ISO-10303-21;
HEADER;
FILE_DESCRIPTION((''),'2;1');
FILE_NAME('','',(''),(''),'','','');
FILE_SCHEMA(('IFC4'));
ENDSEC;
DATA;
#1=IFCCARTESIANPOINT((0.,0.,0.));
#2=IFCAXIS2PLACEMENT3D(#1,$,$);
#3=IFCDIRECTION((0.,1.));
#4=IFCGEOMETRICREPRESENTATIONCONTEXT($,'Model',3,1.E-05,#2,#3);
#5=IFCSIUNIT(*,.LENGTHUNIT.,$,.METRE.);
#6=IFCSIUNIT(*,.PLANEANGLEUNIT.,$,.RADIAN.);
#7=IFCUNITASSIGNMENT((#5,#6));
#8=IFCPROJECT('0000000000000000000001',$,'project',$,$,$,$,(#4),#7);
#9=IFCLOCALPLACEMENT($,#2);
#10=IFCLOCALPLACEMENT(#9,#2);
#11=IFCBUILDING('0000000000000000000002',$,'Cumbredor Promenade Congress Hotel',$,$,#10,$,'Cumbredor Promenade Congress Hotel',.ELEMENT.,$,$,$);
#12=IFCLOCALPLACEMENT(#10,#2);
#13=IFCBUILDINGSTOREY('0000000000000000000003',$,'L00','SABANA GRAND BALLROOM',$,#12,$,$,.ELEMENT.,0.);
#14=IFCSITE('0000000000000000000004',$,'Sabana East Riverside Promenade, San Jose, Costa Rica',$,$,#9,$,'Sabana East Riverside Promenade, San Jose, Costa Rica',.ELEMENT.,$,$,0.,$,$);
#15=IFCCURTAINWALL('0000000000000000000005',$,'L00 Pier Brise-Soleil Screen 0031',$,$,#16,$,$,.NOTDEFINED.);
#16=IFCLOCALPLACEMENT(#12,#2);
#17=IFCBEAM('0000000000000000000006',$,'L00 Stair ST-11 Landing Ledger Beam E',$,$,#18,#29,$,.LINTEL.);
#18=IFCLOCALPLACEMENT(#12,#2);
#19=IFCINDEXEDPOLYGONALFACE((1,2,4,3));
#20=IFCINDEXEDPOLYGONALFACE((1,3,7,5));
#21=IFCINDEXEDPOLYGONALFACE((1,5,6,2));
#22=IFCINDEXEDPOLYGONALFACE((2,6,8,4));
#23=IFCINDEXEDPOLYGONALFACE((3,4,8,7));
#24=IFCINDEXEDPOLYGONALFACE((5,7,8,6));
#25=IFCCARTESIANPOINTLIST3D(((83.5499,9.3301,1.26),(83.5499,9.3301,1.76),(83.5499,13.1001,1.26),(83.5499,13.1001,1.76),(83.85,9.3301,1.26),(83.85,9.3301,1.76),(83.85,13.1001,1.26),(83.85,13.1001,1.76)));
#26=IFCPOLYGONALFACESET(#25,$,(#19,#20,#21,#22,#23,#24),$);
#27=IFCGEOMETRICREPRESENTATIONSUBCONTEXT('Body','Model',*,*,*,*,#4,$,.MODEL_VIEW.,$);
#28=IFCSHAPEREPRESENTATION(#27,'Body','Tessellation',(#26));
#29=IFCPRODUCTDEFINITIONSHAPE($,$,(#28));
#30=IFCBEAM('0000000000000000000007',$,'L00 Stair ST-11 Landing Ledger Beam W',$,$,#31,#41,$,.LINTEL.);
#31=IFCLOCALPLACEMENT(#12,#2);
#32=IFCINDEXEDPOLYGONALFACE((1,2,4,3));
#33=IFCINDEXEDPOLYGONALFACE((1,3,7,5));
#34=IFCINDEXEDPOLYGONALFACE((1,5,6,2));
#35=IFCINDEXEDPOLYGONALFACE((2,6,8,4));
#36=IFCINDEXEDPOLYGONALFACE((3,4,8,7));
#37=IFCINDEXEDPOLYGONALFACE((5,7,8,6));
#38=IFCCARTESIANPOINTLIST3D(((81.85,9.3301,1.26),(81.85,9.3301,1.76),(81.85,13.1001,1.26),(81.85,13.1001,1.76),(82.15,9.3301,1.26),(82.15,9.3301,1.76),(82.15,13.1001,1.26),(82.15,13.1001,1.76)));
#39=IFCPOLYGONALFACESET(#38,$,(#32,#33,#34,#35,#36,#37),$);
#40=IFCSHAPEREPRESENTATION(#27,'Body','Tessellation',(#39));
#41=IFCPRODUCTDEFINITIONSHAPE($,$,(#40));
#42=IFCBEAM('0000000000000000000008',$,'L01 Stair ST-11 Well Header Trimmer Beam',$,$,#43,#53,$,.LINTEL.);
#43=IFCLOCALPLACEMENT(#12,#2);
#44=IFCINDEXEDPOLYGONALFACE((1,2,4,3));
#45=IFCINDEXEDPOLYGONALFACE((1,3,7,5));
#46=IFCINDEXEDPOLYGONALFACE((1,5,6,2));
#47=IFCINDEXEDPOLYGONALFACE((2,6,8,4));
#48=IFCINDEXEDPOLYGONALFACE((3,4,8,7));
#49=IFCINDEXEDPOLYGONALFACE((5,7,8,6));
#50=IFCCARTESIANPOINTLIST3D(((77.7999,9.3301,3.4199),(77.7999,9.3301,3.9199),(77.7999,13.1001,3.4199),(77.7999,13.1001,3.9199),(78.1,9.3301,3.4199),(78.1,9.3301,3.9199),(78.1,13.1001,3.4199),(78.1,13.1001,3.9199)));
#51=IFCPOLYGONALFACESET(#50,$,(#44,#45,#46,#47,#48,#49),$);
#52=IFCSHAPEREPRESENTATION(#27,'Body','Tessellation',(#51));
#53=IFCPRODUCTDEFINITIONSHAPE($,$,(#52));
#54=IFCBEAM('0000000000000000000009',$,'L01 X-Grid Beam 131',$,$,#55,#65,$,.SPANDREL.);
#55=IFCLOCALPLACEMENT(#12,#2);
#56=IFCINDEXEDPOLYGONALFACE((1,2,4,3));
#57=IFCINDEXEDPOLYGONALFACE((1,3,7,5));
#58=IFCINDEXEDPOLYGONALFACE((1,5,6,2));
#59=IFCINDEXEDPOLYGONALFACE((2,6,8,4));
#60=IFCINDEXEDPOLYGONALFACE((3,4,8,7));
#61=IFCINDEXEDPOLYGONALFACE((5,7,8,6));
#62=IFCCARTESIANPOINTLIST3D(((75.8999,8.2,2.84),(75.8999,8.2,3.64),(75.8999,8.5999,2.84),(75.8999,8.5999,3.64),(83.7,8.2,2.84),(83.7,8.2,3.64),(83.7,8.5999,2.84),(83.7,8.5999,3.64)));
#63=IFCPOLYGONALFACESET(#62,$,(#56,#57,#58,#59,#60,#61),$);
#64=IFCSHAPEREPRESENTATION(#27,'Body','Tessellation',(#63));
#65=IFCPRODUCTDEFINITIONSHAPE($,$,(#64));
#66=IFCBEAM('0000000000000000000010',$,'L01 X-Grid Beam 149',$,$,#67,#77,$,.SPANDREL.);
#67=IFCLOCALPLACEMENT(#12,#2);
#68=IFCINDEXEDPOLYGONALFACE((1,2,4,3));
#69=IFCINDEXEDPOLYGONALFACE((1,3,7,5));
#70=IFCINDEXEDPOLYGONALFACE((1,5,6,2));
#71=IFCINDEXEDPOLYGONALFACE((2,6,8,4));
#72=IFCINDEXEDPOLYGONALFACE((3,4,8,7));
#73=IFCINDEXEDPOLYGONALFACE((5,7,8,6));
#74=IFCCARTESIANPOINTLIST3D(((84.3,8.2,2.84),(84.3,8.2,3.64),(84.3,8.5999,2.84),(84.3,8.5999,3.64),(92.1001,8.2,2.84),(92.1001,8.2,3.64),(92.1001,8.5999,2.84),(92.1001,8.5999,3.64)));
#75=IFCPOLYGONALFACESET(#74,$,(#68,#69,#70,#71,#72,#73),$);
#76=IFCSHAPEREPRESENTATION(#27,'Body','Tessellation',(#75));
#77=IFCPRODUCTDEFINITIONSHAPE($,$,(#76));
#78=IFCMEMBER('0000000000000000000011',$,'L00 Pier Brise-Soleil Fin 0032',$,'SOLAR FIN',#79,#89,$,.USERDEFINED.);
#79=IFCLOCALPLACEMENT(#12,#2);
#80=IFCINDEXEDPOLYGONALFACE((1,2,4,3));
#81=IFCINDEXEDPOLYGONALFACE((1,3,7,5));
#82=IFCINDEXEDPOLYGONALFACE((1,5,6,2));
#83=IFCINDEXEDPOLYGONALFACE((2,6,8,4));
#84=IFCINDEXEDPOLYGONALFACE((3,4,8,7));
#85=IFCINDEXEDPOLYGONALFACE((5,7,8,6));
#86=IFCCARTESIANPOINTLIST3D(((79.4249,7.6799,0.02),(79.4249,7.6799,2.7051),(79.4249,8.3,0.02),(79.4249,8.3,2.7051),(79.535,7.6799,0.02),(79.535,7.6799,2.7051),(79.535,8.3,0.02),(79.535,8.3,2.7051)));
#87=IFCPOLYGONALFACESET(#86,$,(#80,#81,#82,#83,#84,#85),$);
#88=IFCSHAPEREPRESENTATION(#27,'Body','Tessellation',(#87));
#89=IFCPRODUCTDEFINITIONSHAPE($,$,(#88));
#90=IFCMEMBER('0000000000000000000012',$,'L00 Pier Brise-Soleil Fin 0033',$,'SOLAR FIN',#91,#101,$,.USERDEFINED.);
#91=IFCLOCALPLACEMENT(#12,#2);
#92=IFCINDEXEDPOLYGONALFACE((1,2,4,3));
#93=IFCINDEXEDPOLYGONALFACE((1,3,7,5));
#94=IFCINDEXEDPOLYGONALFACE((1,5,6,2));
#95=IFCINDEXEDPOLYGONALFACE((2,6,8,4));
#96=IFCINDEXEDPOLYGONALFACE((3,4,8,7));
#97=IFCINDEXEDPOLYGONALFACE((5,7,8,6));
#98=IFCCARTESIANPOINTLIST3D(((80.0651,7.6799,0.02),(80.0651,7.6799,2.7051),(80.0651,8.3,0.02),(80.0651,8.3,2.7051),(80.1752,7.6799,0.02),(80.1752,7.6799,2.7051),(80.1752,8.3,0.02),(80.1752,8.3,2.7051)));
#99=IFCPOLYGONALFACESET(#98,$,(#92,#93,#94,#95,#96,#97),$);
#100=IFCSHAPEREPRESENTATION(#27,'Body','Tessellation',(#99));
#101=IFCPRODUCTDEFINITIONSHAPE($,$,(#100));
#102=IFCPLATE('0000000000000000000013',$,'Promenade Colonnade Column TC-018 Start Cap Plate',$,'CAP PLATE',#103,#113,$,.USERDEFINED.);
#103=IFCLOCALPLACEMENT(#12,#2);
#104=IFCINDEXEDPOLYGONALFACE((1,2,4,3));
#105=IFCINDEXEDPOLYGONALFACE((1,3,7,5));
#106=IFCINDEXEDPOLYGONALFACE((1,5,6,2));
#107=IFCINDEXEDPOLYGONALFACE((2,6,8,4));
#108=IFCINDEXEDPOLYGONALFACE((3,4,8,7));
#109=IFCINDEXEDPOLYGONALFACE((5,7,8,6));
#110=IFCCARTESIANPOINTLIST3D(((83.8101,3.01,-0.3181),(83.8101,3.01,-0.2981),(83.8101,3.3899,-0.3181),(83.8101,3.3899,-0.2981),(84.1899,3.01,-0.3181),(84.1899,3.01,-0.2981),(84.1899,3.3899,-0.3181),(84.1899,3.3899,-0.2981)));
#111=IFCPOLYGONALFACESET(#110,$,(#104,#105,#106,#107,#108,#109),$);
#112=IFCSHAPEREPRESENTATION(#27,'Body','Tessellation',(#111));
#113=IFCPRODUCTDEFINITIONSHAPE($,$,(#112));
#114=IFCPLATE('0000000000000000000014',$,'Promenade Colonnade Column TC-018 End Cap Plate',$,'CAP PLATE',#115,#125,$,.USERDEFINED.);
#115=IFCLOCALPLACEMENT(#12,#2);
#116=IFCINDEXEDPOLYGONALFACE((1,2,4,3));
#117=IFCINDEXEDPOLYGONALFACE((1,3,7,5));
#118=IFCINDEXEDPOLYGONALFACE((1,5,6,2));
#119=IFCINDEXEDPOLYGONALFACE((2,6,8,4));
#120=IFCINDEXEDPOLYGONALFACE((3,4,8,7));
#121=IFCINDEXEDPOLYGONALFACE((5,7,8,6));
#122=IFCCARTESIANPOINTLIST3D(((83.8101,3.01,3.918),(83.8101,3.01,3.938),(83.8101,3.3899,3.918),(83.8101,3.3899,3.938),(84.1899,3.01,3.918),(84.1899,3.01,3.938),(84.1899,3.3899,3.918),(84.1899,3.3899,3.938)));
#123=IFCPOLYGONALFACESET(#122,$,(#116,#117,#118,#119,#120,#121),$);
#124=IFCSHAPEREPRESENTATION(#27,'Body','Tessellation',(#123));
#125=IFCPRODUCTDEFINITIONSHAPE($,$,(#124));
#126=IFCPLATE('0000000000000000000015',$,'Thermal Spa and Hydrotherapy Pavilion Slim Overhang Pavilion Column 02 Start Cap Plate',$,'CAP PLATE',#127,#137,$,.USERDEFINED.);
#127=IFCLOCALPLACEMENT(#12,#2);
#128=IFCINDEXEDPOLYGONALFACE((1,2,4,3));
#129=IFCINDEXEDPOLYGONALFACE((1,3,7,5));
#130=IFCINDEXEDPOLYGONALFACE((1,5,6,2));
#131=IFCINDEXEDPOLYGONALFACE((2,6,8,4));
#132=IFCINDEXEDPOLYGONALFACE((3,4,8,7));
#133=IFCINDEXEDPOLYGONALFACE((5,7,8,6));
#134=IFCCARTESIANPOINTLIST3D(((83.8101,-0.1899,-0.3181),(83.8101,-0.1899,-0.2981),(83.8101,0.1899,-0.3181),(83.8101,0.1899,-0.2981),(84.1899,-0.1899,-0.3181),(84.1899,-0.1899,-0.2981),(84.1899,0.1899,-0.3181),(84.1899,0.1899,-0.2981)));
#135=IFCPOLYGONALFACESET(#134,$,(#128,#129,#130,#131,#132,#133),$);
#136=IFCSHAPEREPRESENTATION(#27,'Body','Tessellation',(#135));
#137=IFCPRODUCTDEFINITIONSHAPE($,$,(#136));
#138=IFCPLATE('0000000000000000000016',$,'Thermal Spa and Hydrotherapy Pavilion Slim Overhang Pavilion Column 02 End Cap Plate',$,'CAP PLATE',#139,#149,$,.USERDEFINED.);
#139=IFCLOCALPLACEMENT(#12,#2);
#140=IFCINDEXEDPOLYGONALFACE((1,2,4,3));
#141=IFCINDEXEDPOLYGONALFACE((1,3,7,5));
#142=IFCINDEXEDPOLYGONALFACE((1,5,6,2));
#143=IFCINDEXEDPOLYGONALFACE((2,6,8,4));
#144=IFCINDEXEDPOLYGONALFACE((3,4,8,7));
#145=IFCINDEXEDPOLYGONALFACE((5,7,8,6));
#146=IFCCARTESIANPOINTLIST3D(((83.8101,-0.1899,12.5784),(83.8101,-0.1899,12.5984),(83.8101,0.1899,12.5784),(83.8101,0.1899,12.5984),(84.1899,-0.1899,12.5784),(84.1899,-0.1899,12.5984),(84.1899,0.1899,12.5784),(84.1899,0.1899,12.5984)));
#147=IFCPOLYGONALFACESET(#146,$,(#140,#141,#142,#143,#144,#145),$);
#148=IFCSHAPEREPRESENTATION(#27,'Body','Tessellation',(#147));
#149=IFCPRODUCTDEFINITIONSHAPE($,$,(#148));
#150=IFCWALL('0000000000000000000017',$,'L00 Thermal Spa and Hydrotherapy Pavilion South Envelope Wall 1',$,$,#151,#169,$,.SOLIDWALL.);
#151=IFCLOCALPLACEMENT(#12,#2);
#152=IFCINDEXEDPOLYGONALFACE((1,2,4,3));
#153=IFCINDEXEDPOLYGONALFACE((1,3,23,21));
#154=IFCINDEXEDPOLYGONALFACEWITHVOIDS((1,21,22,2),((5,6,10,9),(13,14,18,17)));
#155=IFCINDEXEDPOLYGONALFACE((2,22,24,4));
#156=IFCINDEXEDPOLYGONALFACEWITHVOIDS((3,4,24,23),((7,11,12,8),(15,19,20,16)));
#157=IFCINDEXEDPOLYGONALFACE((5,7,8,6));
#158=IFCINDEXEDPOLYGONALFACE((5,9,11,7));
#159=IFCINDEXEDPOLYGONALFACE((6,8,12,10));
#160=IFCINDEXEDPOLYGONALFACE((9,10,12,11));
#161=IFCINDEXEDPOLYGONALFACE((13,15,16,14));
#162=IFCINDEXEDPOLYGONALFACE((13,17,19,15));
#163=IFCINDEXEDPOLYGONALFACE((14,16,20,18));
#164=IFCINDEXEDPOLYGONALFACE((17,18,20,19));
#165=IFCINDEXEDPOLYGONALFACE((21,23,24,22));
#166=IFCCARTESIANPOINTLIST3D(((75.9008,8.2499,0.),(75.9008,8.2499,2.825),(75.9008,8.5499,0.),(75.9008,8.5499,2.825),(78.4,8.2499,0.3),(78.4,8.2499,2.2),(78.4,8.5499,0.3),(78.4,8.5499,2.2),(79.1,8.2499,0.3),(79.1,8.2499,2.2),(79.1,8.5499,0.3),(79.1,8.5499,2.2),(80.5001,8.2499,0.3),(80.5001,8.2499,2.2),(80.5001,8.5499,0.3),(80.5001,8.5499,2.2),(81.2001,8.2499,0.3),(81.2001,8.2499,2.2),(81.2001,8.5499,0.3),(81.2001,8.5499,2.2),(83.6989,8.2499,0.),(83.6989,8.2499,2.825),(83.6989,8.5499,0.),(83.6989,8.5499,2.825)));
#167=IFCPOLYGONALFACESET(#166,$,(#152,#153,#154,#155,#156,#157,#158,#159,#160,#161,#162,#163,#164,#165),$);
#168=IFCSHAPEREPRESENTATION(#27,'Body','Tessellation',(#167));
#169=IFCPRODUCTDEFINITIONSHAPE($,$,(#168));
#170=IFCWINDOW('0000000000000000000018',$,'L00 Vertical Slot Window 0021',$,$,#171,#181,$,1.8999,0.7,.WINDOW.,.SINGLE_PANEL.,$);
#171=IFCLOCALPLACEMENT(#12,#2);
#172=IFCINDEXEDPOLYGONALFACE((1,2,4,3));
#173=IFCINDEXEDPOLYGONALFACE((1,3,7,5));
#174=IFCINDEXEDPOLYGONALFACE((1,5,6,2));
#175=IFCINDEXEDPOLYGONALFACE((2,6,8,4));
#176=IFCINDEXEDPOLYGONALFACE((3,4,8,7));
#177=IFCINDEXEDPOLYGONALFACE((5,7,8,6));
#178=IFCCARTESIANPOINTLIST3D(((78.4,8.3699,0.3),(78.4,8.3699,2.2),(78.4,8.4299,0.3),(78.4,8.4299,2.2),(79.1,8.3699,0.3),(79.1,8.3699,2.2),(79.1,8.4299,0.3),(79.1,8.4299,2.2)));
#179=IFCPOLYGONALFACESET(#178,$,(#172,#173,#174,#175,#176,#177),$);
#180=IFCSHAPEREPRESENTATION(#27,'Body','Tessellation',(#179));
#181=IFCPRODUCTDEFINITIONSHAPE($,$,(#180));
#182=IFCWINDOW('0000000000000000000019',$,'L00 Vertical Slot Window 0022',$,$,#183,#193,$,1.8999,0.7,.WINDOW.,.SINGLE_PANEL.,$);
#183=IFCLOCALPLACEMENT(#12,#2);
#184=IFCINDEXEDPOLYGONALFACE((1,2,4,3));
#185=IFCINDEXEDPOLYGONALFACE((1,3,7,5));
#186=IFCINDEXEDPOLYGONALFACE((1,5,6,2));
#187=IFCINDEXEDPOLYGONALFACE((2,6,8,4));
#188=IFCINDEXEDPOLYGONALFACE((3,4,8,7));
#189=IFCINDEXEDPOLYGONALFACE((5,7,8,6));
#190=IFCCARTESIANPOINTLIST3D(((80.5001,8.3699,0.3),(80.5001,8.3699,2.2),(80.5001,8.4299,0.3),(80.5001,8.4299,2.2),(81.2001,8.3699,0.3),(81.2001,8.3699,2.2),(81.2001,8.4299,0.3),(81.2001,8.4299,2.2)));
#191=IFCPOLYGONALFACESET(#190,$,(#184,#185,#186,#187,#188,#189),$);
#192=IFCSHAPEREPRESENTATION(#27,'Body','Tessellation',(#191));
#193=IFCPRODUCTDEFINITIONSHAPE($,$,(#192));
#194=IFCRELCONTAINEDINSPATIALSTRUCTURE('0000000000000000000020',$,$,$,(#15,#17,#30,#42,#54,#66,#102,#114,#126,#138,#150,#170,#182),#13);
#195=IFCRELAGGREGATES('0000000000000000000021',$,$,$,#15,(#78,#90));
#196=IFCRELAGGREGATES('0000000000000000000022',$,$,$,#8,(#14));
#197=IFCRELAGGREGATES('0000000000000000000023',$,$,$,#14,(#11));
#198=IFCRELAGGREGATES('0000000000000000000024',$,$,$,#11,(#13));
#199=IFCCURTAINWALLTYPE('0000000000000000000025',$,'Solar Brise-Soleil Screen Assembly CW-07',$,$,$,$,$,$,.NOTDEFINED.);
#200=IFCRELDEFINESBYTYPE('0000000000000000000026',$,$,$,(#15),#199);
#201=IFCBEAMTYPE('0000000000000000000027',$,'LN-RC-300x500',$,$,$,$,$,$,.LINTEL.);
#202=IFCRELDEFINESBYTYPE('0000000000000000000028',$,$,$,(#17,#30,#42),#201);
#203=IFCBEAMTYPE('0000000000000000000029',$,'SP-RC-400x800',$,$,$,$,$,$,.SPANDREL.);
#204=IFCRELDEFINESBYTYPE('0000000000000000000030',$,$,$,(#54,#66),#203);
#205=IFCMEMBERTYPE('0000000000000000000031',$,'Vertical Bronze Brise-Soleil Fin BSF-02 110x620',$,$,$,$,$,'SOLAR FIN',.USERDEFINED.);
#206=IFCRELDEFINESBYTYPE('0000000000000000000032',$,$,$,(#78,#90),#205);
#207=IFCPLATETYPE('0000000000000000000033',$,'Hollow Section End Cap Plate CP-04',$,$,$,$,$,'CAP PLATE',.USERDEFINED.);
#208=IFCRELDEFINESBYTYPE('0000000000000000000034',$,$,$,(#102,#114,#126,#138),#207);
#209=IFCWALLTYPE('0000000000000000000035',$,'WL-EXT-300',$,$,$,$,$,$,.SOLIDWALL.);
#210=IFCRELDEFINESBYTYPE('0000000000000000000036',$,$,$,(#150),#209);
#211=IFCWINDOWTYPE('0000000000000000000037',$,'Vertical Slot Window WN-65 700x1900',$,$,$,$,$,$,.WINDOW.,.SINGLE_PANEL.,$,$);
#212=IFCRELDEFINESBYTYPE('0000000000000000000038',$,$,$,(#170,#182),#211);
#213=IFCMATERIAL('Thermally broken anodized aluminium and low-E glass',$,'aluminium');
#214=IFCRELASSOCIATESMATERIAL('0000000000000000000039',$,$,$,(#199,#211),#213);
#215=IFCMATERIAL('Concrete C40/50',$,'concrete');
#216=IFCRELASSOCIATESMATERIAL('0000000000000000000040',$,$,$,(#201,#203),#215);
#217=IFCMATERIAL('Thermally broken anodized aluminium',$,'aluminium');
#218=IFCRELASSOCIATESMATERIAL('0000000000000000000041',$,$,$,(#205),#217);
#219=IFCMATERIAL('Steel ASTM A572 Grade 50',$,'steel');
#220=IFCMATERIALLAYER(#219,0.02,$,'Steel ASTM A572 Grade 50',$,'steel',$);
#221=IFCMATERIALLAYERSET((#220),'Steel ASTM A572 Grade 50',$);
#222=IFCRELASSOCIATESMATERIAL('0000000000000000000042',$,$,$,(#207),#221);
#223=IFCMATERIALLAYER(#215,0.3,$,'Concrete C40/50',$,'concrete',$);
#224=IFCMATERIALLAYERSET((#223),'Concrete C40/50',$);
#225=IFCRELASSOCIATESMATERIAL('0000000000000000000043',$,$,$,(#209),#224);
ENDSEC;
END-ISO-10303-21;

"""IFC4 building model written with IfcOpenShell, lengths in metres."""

from ifc_helpers import new_model, si_unit, direction, frame, frame_2d, origin, origin_2d, place, context, subcontext, project, spatial, rectangle, extrude, material, layer, layer_set, material_profile, profile_set, type_object, element, fill, aggregate, save


model = new_model("IFC4")

# Units and contexts
model_context = context("Model", 3, precision=1e-05, world=origin(), true_north=direction((0.0, 1.0)))
body_context = subcontext(model_context, "Body", "Model", "MODEL_VIEW")
ifc_project = project(units=[si_unit("LENGTHUNIT", "METRE"), si_unit("PLANEANGLEUNIT", "RADIAN")], contexts=[model_context])

# Site, building, storey
site_placement = place(None, origin())
site = spatial("IfcSite", under=ifc_project, at=site_placement, Name="Sabana East Riverside Promenade, San Jose, Costa Rica", LongName="Sabana East Riverside Promenade, San Jose, Costa Rica", CompositionType="ELEMENT", RefElevation=0.0)
building_placement = place(site_placement, origin())
building = spatial("IfcBuilding", under=site, at=building_placement, Name="Cumbredor Promenade Congress Hotel", LongName="Cumbredor Promenade Congress Hotel", CompositionType="ELEMENT")
storey_placement = place(building_placement, origin())
storey = spatial("IfcBuildingStorey", under=building, at=storey_placement, Name="L00", Description="SABANA GRAND BALLROOM", CompositionType="ELEMENT", Elevation=0.0)

# Shared definitions
ifc_material_1 = material(Name="Concrete C40/50", Category="concrete")

# Curtain wall
ifc_material_2 = material(Name="Thermally broken anodized aluminium and low-E glass", Category="aluminium")
curtain_wall_type = type_object("IfcCurtainWallType", Name="Solar Brise-Soleil Screen Assembly CW-07", PredefinedType="NOTDEFINED", material=ifc_material_2)
curtain_wall_placement = place(storey_placement, origin())
curtain_wall = element("IfcCurtainWall", 1, at=curtain_wall_placement, inside=storey, type_object=curtain_wall_type, Name="L00 Pier Brise-Soleil Screen 0031", PredefinedType="NOTDEFINED")
ifc_material_3 = material(Name="Thermally broken anodized aluminium", Category="aluminium")

# Beams
ifc_material_profile_1 = material_profile(ifc_material_1, rectangle(XDim=0.3, YDim=0.5, at=origin_2d()), Name="RC LINTEL 300x500")
ifc_profile_set_1 = profile_set([ifc_material_profile_1], Name="Concrete C40/50")
beam_type_1 = type_object("IfcBeamType", Name="LN-RC-300x500", PredefinedType="LINTEL", material=ifc_profile_set_1)
for number, where, z_axis, x_axis, name in (
    (2, (83.7, 9.3301, 1.51), (0.0, 1.0, 0.0), (-1.0, 0.0, 0.0), "L00 Stair ST-11 Landing Ledger Beam E"),
    (3, (82.0, 9.3301, 1.51), (0.0, 1.0, 0.0), (-1.0, 0.0, 0.0), "L00 Stair ST-11 Landing Ledger Beam W"),
    (4, (77.95, 9.3301, 3.6699), (0.0, 1.0, 0.0), (-1.0, 0.0, 0.0), "L01 Stair ST-11 Well Header Trimmer Beam"),
):
    element("IfcBeam", number, at=place(storey_placement, frame(where, z_axis=z_axis, x_axis=x_axis)), inside=storey, type_object=beam_type_1, Name=name, PredefinedType="LINTEL", context=body_context, shape_type="SweptSolid", body=[
        extrude(rectangle(XDim=0.3, YDim=0.5, at=origin_2d()), origin(), (0.0, 0.0, 1.0), 3.77),
    ])
ifc_material_profile_2 = material_profile(ifc_material_1, rectangle(XDim=0.3999, YDim=0.8, at=origin_2d()), Name="RC SPANDREL 400x800")
ifc_profile_set_2 = profile_set([ifc_material_profile_2], Name="Concrete C40/50")
beam_type_2 = type_object("IfcBeamType", Name="SP-RC-400x800", PredefinedType="SPANDREL", material=ifc_profile_set_2)
for number, where, z_axis, x_axis, name in (
    (5, (75.8999, 8.3999, 3.24), (1.0, 0.0, 0.0), (0.0, 1.0, 0.0), "L01 X-Grid Beam 131"),
    (6, (84.3, 8.3999, 3.24), (1.0, 0.0, 0.0), (0.0, 1.0, 0.0), "L01 X-Grid Beam 149"),
):
    element("IfcBeam", number, at=place(storey_placement, frame(where, z_axis=z_axis, x_axis=x_axis)), inside=storey, type_object=beam_type_2, Name=name, PredefinedType="SPANDREL", context=body_context, shape_type="SweptSolid", body=[
        extrude(rectangle(XDim=0.3999, YDim=0.8, at=origin_2d()), origin(), (0.0, 0.0, 1.0), 7.8),
    ])

# Members
ifc_material_profile_3 = material_profile(ifc_material_3, rectangle(XDim=0.1101, YDim=0.6201, at=origin_2d()), Name="ARCH FIN 110x620")
ifc_profile_set_3 = profile_set([ifc_material_profile_3], Name="Thermally broken anodized aluminium")
member_type_1 = type_object("IfcMemberType", Name="Vertical Bronze Brise-Soleil Fin BSF-02 110x620", ElementType="SOLAR FIN", PredefinedType="USERDEFINED", material=ifc_profile_set_3)
member_1_placement = place(storey_placement, frame((79.48, 7.99, 0.02), z_axis=(0.0, 0.0, 1.0), x_axis=(1.0, 0.0, 0.0)))
member_1 = element("IfcMember", 7, at=member_1_placement, type_object=member_type_1, Name="L00 Pier Brise-Soleil Fin 0032", ObjectType="SOLAR FIN", PredefinedType="USERDEFINED", context=body_context, shape_type="SweptSolid", body=[
    extrude(rectangle(XDim=0.1101, YDim=0.6201, at=origin_2d()), origin(), (0.0, 0.0, 1.0), 2.6851),
])
member_2_placement = place(storey_placement, frame((80.1201, 7.99, 0.02), z_axis=(0.0, 0.0, 1.0), x_axis=(1.0, 0.0, 0.0)))
member_2 = element("IfcMember", 8, at=member_2_placement, type_object=member_type_1, Name="L00 Pier Brise-Soleil Fin 0033", ObjectType="SOLAR FIN", PredefinedType="USERDEFINED", context=body_context, shape_type="SweptSolid", body=[
    extrude(rectangle(XDim=0.1101, YDim=0.6201, at=origin_2d()), origin(), (0.0, 0.0, 1.0), 2.6851),
])
aggregate(curtain_wall, [member_1, member_2])

# Plates
ifc_material_4 = material(Name="Steel ASTM A572 Grade 50", Category="steel")
ifc_layer_1 = layer(ifc_material_4, 0.02, Name="Steel ASTM A572 Grade 50", Category="steel")
ifc_layer_set_1 = layer_set([ifc_layer_1], Name="Steel ASTM A572 Grade 50")
plate_type = type_object("IfcPlateType", Name="Hollow Section End Cap Plate CP-04", ElementType="CAP PLATE", PredefinedType="USERDEFINED", material=ifc_layer_set_1)
for number, where, z_axis, x_axis, name in (
    (9, (84.0, 3.2, -0.3181), (0.0, 0.0, 1.0), (1.0, 0.0, 0.0), "Promenade Colonnade Column TC-018 Start Cap Plate"),
    (10, (84.0, 3.2, 3.918), (0.0, 0.0, 1.0), (1.0, 0.0, 0.0), "Promenade Colonnade Column TC-018 End Cap Plate"),
    (11, (84.0, 0.0, -0.3181), (0.0, 0.0, 1.0), (1.0, 0.0, 0.0), "Thermal Spa and Hydrotherapy Pavilion Slim Overhang Pavilion Column 02 Start Cap Plate"),
    (12, (84.0, 0.0, 12.5784), (0.0, 0.0, 1.0), (1.0, 0.0, 0.0), "Thermal Spa and Hydrotherapy Pavilion Slim Overhang Pavilion Column 02 End Cap Plate"),
):
    element("IfcPlate", number, at=place(storey_placement, frame(where, z_axis=z_axis, x_axis=x_axis)), inside=storey, type_object=plate_type, Name=name, ObjectType="CAP PLATE", PredefinedType="USERDEFINED", context=body_context, shape_type="SweptSolid", body=[
        extrude(rectangle(XDim=0.3799, YDim=0.3799, at=origin_2d()), origin(), (0.0, 0.0, 1.0), 0.02),
    ])

# Wall, openings, windows
ifc_layer_2 = layer(ifc_material_1, 0.3, Name="Concrete C40/50", Category="concrete")
ifc_layer_set_2 = layer_set([ifc_layer_2], Name="Concrete C40/50")
wall_type_1 = type_object("IfcWallType", Name="WL-EXT-300", PredefinedType="SOLIDWALL", material=ifc_layer_set_2)
wall_1_placement = place(storey_placement, frame((75.9009, 8.3999, 0.0), z_axis=(0.0, 0.0, 1.0), x_axis=(1.0, 0.0, 0.0)))
wall_1 = element("IfcWall", 13, at=wall_1_placement, inside=storey, type_object=wall_type_1, Name="L00 Thermal Spa and Hydrotherapy Pavilion South Envelope Wall 1", PredefinedType="SOLIDWALL", context=body_context, shape_type="SweptSolid", body=[
    extrude(rectangle(XDim=7.7981, YDim=0.3, at=frame_2d((3.8989, 0.0))), origin(), (0.0, 0.0, 1.0), 2.825),
])
opening_1_placement = place(wall_1_placement, frame((2.499, 0.0, 0.3)))
opening_1 = element("IfcOpeningElement", 14, at=opening_1_placement, cuts=wall_1, PredefinedType="OPENING", context=body_context, shape_type="SweptSolid", body=[
    extrude(rectangle(XDim=0.7, YDim=1.8999, at=frame_2d((0.3501, 0.95))), frame((0.0, 0.1602, 0.0), z_axis=(0.0, -1.0, 0.0), x_axis=(1.0, 0.0, 0.0)), (0.0, 0.0, 1.0), 0.3201),
])
opening_2_placement = place(wall_1_placement, frame((4.5991, 0.0, 0.3)))
opening_2 = element("IfcOpeningElement", 15, at=opening_2_placement, cuts=wall_1, PredefinedType="OPENING", context=body_context, shape_type="SweptSolid", body=[
    extrude(rectangle(XDim=0.7, YDim=1.8999, at=frame_2d((0.3501, 0.95))), frame((0.0, 0.1602, 0.0), z_axis=(0.0, -1.0, 0.0), x_axis=(1.0, 0.0, 0.0)), (0.0, 0.0, 1.0), 0.3201),
])
window_type = type_object("IfcWindowType", Name="Vertical Slot Window WN-65 700x1900", PartitioningType="SINGLE_PANEL", PredefinedType="WINDOW", material=ifc_material_2)
window_1_placement = place(opening_1_placement, origin())
window_1 = element("IfcWindow", 16, at=window_1_placement, inside=storey, type_object=window_type, Name="L00 Vertical Slot Window 0021", OverallHeight=1.8999, OverallWidth=0.7, PartitioningType="SINGLE_PANEL", PredefinedType="WINDOW", context=body_context, shape_type="SweptSolid", body=[
    extrude(rectangle(XDim=0.7, YDim=1.8999, at=frame_2d((0.3501, 0.95))), frame((0.0, 0.03, 0.0), z_axis=(0.0, -1.0, 0.0), x_axis=(1.0, 0.0, 0.0)), (0.0, 0.0, 1.0), 0.0601),
])
fill(opening_1, window_1)
window_2_placement = place(opening_2_placement, origin())
window_2 = element("IfcWindow", 17, at=window_2_placement, inside=storey, type_object=window_type, Name="L00 Vertical Slot Window 0022", OverallHeight=1.8999, OverallWidth=0.7, PartitioningType="SINGLE_PANEL", PredefinedType="WINDOW", context=body_context, shape_type="SweptSolid", body=[
    extrude(rectangle(XDim=0.7, YDim=1.8999, at=frame_2d((0.3501, 0.95))), frame((0.0, 0.03, 0.0), z_axis=(0.0, -1.0, 0.0), x_axis=(1.0, 0.0, 0.0)), (0.0, 0.0, 1.0), 0.0601),
])
fill(opening_2, window_2)

save(model, "model.ifc")
